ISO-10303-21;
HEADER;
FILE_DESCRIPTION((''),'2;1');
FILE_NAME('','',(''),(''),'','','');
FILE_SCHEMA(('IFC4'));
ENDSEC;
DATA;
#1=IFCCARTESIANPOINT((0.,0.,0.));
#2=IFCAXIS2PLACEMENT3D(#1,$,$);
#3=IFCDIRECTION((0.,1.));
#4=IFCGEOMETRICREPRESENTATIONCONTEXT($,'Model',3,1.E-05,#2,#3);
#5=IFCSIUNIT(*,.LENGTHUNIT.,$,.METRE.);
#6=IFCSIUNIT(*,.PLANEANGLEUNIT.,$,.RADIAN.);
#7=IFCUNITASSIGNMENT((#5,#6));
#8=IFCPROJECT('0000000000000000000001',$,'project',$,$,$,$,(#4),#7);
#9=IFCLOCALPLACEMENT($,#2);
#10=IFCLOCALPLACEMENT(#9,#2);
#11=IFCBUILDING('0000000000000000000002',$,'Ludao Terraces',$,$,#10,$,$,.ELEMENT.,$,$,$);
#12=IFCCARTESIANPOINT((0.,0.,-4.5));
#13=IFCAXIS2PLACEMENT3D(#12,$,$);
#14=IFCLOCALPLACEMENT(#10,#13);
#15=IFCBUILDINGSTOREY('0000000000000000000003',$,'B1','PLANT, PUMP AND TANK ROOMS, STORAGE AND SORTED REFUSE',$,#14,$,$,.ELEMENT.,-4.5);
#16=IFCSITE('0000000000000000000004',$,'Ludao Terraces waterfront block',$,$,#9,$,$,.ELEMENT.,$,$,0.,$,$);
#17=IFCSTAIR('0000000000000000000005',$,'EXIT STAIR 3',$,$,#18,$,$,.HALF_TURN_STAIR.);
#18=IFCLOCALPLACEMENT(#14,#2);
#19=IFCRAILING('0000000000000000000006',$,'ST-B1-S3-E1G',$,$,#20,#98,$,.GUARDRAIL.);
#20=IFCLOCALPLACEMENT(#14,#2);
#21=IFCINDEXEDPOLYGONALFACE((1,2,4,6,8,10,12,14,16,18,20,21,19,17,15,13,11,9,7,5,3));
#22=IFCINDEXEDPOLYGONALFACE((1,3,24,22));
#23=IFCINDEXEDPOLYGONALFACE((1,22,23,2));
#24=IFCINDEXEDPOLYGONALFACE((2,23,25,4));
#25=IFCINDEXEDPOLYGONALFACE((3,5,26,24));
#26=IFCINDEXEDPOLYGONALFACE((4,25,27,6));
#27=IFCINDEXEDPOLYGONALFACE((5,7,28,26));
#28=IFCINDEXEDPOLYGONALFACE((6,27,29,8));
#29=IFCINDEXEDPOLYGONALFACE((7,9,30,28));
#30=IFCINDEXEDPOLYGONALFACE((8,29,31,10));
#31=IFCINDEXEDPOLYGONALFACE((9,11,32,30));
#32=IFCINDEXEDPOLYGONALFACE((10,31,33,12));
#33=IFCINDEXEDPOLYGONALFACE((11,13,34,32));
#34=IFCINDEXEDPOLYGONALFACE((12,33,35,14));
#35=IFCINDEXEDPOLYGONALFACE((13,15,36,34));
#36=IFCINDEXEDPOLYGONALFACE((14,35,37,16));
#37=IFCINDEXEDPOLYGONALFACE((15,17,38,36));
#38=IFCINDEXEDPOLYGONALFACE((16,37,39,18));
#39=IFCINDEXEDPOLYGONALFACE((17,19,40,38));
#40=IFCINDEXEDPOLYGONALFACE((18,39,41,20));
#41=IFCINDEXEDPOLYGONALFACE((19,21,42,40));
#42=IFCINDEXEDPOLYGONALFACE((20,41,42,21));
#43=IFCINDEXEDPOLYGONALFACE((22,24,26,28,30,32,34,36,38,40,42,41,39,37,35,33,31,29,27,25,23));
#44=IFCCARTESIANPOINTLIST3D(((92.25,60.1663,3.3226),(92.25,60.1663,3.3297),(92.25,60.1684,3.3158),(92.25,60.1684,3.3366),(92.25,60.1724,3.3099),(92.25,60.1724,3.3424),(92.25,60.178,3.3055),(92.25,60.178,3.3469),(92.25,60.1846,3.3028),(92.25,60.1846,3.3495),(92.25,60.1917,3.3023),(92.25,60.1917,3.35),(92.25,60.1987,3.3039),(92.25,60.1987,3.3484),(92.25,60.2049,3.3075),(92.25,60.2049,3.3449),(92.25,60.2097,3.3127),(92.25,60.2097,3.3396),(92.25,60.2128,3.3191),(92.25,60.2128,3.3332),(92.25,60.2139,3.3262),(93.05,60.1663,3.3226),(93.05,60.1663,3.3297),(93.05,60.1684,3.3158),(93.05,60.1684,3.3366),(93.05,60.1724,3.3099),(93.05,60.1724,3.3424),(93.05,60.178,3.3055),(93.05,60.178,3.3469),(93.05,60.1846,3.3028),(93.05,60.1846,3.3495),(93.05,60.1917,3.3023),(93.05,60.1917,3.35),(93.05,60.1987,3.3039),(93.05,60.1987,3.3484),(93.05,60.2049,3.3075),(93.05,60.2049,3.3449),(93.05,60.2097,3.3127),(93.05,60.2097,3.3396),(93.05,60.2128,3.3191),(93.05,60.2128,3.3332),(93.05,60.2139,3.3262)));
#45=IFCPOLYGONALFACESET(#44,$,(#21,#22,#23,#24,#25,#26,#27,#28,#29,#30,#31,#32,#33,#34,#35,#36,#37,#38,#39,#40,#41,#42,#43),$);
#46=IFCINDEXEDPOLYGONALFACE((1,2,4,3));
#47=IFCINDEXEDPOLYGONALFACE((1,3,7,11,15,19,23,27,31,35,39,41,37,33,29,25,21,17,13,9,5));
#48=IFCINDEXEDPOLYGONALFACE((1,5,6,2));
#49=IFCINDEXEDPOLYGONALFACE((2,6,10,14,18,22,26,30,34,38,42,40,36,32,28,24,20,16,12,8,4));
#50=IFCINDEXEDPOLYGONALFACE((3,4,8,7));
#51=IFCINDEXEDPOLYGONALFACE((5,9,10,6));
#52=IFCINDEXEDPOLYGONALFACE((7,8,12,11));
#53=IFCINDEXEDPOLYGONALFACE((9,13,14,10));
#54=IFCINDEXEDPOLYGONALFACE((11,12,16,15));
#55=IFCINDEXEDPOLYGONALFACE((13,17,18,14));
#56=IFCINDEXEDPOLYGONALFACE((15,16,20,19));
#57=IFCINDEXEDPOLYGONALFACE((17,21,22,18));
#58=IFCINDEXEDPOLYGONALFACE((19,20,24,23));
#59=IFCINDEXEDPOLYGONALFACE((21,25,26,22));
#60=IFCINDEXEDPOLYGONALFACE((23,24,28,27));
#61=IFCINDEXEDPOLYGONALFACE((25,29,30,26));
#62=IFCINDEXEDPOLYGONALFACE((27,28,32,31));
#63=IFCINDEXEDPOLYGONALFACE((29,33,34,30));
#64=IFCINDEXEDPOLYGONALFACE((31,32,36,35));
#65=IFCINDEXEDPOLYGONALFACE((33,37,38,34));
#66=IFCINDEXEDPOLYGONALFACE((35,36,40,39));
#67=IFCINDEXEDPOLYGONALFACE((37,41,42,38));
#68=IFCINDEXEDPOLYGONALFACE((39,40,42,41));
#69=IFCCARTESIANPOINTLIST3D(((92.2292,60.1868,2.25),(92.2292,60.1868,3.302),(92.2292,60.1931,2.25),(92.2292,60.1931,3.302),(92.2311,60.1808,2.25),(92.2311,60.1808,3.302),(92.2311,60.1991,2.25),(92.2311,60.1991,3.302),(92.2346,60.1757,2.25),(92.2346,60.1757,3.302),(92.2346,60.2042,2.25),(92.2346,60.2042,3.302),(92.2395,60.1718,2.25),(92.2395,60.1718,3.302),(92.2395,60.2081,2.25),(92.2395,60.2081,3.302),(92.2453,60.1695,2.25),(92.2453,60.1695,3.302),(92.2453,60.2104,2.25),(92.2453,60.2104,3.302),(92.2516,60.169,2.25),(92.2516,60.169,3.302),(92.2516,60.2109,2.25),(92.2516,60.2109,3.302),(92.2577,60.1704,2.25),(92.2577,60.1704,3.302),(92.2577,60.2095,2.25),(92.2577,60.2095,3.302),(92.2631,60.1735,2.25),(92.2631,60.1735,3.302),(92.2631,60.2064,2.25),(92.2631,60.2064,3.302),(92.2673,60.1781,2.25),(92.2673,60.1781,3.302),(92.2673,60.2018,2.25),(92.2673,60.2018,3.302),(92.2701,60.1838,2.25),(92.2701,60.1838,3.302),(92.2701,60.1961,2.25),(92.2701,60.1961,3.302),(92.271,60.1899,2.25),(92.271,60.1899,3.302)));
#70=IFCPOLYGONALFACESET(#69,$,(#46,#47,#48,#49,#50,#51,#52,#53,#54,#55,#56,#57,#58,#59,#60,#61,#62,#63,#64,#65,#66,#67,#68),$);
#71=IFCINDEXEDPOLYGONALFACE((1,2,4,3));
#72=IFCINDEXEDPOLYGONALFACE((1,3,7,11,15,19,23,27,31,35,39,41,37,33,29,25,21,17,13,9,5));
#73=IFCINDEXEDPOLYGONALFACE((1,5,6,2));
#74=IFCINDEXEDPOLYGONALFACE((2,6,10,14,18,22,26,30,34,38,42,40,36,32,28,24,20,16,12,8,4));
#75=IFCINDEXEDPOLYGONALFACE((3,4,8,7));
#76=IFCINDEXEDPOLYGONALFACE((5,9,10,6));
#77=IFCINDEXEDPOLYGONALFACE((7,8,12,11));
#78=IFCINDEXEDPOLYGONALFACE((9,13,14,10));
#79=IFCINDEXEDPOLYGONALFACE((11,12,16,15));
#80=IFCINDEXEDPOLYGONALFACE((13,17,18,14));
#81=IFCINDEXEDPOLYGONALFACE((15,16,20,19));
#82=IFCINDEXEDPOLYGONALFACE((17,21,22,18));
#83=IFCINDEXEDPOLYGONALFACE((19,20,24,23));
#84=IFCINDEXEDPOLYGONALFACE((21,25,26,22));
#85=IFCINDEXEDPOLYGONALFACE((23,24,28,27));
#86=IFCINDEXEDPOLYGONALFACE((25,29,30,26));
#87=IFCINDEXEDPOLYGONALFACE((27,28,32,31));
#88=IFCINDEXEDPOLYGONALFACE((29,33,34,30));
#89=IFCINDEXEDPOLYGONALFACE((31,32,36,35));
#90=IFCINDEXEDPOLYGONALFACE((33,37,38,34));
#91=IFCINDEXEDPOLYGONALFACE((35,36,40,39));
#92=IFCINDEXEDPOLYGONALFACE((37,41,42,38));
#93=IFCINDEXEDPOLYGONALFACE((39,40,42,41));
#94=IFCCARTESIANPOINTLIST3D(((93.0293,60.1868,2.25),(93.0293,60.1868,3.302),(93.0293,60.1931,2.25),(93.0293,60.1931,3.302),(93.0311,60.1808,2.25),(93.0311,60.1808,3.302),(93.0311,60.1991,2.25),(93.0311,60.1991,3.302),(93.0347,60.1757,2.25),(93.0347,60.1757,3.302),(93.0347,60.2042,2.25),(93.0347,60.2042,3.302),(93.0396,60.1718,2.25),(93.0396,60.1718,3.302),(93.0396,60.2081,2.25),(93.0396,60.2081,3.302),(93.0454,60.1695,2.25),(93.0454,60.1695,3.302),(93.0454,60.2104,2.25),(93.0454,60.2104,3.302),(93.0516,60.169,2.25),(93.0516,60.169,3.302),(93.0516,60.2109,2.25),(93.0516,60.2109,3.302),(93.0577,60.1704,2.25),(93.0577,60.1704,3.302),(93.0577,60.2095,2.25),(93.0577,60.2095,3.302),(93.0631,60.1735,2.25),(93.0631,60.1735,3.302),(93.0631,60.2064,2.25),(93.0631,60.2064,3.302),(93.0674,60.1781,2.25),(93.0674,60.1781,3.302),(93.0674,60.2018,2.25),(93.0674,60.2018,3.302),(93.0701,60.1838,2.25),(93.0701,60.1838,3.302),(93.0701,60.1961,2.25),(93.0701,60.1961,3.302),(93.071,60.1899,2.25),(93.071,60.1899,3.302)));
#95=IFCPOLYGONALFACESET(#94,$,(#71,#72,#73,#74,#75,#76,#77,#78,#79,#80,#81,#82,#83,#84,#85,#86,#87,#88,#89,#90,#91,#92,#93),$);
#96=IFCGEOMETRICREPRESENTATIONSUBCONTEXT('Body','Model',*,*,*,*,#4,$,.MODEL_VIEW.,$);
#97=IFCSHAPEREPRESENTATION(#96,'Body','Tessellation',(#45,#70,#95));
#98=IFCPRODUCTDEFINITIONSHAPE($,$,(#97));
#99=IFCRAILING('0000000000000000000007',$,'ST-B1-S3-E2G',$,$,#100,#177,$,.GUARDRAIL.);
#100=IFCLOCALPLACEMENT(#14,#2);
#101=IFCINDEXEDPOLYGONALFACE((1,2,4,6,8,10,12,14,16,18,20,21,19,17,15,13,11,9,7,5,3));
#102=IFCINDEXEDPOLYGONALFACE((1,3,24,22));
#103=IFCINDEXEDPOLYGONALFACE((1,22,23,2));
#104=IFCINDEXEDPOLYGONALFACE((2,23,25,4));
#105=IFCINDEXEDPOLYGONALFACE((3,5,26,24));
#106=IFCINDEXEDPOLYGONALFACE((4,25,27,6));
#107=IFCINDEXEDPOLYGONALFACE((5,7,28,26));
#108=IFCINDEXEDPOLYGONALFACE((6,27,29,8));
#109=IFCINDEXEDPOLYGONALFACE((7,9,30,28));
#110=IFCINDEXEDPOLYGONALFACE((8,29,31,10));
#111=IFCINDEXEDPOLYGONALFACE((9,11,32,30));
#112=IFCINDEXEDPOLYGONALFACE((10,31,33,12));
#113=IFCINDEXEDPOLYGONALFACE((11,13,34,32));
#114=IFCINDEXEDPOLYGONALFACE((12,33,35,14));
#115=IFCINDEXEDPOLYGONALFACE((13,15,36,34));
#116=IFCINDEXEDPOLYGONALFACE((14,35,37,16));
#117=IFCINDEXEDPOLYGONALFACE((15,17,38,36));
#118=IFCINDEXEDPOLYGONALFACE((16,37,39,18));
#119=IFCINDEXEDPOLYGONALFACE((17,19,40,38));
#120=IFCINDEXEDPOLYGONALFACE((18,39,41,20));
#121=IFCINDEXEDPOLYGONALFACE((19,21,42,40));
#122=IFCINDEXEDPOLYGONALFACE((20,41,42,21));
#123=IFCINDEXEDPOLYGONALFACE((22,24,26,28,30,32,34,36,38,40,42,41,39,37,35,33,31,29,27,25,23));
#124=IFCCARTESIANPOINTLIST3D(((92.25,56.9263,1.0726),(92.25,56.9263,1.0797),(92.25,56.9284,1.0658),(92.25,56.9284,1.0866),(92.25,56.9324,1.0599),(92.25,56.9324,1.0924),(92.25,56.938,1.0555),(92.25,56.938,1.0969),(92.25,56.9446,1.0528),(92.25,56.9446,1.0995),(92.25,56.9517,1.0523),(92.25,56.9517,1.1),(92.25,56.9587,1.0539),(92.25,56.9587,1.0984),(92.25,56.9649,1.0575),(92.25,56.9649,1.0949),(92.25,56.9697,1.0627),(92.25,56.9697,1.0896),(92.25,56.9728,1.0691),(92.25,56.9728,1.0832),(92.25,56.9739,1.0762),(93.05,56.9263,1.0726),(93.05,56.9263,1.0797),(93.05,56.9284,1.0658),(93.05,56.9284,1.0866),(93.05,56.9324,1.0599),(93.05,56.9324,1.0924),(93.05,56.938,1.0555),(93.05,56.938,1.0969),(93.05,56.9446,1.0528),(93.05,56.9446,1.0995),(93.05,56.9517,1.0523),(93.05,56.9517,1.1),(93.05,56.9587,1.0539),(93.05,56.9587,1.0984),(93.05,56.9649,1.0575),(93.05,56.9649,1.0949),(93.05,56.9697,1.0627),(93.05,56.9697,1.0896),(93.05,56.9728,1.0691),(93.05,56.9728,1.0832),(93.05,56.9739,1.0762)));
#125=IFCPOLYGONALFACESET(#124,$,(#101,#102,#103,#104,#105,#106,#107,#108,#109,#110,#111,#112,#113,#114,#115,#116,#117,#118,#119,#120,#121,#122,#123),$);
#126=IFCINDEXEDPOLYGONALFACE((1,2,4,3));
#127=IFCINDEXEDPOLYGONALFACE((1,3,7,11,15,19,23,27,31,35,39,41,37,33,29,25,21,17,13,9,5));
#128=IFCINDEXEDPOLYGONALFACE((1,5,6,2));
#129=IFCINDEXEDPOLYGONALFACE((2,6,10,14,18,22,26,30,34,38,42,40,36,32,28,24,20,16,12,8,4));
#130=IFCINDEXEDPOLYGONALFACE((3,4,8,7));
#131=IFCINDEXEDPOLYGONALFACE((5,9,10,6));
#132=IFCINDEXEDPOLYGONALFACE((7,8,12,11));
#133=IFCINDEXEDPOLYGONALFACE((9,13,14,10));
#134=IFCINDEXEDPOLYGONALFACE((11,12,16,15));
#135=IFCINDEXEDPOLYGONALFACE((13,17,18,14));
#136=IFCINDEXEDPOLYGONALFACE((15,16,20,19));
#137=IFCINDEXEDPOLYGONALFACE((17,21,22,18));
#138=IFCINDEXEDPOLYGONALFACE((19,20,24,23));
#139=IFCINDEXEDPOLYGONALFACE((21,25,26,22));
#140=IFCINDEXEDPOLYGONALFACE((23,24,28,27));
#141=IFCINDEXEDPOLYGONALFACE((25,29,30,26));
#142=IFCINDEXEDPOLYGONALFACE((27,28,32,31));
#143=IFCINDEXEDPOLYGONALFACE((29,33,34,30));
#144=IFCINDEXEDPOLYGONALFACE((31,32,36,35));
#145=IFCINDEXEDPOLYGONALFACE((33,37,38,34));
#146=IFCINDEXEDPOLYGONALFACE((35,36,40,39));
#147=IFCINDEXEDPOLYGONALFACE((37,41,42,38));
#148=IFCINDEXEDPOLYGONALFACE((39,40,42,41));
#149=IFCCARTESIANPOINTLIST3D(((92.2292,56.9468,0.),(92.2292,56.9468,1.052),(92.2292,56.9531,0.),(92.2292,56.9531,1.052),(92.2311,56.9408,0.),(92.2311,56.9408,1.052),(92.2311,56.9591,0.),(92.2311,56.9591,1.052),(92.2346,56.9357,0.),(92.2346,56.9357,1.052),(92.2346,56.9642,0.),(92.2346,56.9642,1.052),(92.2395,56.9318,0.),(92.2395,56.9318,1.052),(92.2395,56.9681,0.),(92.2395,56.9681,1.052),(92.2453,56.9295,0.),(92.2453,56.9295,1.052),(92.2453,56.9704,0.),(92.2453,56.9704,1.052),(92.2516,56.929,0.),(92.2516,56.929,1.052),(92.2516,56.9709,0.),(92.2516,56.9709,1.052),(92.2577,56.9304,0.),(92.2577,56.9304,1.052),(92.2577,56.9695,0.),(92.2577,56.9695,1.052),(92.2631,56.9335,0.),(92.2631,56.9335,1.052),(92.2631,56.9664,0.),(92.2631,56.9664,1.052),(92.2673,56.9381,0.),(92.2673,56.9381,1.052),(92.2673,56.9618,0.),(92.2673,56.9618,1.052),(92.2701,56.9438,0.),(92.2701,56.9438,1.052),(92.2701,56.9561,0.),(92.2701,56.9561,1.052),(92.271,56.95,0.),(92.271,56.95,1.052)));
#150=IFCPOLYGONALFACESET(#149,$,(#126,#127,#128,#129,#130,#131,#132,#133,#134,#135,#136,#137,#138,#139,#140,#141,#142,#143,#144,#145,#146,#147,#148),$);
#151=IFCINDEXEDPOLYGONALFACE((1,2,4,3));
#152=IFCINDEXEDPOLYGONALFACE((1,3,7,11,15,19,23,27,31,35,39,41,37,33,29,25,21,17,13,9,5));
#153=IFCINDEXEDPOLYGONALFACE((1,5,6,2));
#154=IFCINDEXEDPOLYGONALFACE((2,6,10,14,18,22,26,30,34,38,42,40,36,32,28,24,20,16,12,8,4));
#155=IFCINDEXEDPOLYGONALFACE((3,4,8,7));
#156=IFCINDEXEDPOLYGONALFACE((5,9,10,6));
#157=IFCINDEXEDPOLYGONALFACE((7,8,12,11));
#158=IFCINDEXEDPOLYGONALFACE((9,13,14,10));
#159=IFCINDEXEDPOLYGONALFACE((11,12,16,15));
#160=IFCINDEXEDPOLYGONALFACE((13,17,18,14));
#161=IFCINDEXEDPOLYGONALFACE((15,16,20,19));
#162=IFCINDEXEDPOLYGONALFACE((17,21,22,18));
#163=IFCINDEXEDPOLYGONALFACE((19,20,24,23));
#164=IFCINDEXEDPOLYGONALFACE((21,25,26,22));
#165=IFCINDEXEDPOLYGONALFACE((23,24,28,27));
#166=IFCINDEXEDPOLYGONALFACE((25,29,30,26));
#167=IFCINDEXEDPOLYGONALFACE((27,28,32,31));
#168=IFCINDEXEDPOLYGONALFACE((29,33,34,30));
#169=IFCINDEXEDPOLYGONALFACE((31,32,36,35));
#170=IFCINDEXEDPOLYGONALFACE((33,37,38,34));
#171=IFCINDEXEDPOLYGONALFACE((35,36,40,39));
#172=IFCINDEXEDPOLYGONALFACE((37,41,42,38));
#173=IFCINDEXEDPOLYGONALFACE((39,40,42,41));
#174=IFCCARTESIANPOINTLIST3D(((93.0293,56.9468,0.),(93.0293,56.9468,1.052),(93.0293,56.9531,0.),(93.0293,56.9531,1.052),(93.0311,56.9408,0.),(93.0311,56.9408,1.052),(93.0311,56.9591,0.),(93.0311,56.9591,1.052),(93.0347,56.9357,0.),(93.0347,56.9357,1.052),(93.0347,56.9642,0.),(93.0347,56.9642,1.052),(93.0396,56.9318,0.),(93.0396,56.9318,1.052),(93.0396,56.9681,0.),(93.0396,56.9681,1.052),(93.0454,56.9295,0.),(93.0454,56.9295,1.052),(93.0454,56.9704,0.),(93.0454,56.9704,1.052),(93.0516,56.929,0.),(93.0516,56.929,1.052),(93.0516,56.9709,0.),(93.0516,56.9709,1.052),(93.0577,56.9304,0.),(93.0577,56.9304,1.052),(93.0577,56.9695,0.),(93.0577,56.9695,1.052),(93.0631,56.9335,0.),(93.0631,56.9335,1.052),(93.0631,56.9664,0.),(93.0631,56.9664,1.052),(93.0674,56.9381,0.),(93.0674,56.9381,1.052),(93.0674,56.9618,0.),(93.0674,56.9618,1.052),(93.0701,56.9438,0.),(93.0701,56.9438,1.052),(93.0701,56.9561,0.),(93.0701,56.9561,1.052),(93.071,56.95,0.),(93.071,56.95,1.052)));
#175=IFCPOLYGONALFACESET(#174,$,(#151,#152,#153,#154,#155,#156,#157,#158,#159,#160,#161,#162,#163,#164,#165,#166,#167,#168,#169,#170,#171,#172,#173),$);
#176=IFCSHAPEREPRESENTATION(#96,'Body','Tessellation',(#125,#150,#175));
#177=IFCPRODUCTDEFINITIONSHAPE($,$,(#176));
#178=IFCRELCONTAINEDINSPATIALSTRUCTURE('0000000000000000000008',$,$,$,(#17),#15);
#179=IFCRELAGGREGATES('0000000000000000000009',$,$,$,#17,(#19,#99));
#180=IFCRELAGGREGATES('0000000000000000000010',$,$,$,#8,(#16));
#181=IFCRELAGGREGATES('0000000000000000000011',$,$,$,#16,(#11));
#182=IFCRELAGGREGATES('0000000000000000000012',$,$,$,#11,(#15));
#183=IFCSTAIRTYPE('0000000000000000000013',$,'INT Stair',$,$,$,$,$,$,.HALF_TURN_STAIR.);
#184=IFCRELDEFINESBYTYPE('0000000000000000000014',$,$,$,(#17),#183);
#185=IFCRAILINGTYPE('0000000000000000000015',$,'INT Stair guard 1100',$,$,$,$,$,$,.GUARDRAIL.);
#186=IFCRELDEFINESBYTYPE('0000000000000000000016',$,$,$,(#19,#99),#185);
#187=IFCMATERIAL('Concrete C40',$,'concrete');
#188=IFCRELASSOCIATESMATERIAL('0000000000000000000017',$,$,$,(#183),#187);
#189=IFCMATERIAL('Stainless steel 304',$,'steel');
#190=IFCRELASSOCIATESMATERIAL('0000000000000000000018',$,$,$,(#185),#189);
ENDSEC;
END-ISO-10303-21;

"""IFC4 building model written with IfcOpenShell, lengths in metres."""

from ifc_helpers import new_model, si_unit, direction, frame, origin, origin_2d, place, context, subcontext, project, spatial, circle, extrude, material, type_object, element, aggregate, save


model = new_model("IFC4")

# Units and contexts
model_context = context("Model", 3, precision=1e-05, world=origin(), true_north=direction((0.0, 1.0)))
body_context = subcontext(model_context, "Body", "Model", "MODEL_VIEW")
ifc_project = project(units=[si_unit("LENGTHUNIT", "METRE"), si_unit("PLANEANGLEUNIT", "RADIAN")], contexts=[model_context])

# Site, building, storey
site_placement = place(None, origin())
site = spatial("IfcSite", under=ifc_project, at=site_placement, Name="Ludao Terraces waterfront block", CompositionType="ELEMENT", RefElevation=0.0)
building_placement = place(site_placement, origin())
building = spatial("IfcBuilding", under=site, at=building_placement, Name="Ludao Terraces", CompositionType="ELEMENT")
storey_placement = place(building_placement, frame((0.0, 0.0, -4.5)))
storey = spatial("IfcBuildingStorey", under=building, at=storey_placement, Name="B1", Description="PLANT, PUMP AND TANK ROOMS, STORAGE AND SORTED REFUSE", CompositionType="ELEMENT", Elevation=-4.5)

# Stair, railings
ifc_material_1 = material(Name="Concrete C40", Category="concrete")
stair_type = type_object("IfcStairType", Name="INT Stair", PredefinedType="HALF_TURN_STAIR", material=ifc_material_1)
stair_placement = place(storey_placement, origin())
stair = element("IfcStair", 1, at=stair_placement, inside=storey, type_object=stair_type, Name="EXIT STAIR 3", PredefinedType="HALF_TURN_STAIR")
ifc_material_2 = material(Name="Stainless steel 304", Category="steel")
railing_type_1 = type_object("IfcRailingType", Name="INT Stair guard 1100", PredefinedType="GUARDRAIL", material=ifc_material_2)
railing_1_placement = place(storey_placement, frame((92.25, 60.1899, 2.25)))
railing_1 = element("IfcRailing", 2, at=railing_1_placement, type_object=railing_type_1, Name="ST-B1-S3-E1G", PredefinedType="GUARDRAIL", context=body_context, shape_type="SweptSolid", body=[
    extrude(circle(Radius=0.0239, at=origin_2d()), frame((0.0, 0.0, 1.0762), z_axis=(1.0, 0.0, 0.0), x_axis=(0.0, 1.0, 0.0)), (0.0, 0.0, 1.0), 0.8),
    extrude(circle(Radius=0.021, at=origin_2d()), origin(), (0.0, 0.0, 1.0), 1.052),
    extrude(circle(Radius=0.021, at=origin_2d()), frame((0.8, 0.0, 0.0)), (0.0, 0.0, 1.0), 1.052),
])
railing_2_placement = place(storey_placement, frame((92.25, 56.95, 0.0)))
railing_2 = element("IfcRailing", 3, at=railing_2_placement, type_object=railing_type_1, Name="ST-B1-S3-E2G", PredefinedType="GUARDRAIL", context=body_context, shape_type="SweptSolid", body=[
    extrude(circle(Radius=0.0239, at=origin_2d()), frame((0.0, 0.0, 1.0762), z_axis=(1.0, 0.0, 0.0), x_axis=(0.0, 1.0, 0.0)), (0.0, 0.0, 1.0), 0.8),
    extrude(circle(Radius=0.021, at=origin_2d()), origin(), (0.0, 0.0, 1.0), 1.052),
    extrude(circle(Radius=0.021, at=origin_2d()), frame((0.8, 0.0, 0.0)), (0.0, 0.0, 1.0), 1.052),
])
aggregate(stair, [railing_1, railing_2])

save(model, "model.ifc")
